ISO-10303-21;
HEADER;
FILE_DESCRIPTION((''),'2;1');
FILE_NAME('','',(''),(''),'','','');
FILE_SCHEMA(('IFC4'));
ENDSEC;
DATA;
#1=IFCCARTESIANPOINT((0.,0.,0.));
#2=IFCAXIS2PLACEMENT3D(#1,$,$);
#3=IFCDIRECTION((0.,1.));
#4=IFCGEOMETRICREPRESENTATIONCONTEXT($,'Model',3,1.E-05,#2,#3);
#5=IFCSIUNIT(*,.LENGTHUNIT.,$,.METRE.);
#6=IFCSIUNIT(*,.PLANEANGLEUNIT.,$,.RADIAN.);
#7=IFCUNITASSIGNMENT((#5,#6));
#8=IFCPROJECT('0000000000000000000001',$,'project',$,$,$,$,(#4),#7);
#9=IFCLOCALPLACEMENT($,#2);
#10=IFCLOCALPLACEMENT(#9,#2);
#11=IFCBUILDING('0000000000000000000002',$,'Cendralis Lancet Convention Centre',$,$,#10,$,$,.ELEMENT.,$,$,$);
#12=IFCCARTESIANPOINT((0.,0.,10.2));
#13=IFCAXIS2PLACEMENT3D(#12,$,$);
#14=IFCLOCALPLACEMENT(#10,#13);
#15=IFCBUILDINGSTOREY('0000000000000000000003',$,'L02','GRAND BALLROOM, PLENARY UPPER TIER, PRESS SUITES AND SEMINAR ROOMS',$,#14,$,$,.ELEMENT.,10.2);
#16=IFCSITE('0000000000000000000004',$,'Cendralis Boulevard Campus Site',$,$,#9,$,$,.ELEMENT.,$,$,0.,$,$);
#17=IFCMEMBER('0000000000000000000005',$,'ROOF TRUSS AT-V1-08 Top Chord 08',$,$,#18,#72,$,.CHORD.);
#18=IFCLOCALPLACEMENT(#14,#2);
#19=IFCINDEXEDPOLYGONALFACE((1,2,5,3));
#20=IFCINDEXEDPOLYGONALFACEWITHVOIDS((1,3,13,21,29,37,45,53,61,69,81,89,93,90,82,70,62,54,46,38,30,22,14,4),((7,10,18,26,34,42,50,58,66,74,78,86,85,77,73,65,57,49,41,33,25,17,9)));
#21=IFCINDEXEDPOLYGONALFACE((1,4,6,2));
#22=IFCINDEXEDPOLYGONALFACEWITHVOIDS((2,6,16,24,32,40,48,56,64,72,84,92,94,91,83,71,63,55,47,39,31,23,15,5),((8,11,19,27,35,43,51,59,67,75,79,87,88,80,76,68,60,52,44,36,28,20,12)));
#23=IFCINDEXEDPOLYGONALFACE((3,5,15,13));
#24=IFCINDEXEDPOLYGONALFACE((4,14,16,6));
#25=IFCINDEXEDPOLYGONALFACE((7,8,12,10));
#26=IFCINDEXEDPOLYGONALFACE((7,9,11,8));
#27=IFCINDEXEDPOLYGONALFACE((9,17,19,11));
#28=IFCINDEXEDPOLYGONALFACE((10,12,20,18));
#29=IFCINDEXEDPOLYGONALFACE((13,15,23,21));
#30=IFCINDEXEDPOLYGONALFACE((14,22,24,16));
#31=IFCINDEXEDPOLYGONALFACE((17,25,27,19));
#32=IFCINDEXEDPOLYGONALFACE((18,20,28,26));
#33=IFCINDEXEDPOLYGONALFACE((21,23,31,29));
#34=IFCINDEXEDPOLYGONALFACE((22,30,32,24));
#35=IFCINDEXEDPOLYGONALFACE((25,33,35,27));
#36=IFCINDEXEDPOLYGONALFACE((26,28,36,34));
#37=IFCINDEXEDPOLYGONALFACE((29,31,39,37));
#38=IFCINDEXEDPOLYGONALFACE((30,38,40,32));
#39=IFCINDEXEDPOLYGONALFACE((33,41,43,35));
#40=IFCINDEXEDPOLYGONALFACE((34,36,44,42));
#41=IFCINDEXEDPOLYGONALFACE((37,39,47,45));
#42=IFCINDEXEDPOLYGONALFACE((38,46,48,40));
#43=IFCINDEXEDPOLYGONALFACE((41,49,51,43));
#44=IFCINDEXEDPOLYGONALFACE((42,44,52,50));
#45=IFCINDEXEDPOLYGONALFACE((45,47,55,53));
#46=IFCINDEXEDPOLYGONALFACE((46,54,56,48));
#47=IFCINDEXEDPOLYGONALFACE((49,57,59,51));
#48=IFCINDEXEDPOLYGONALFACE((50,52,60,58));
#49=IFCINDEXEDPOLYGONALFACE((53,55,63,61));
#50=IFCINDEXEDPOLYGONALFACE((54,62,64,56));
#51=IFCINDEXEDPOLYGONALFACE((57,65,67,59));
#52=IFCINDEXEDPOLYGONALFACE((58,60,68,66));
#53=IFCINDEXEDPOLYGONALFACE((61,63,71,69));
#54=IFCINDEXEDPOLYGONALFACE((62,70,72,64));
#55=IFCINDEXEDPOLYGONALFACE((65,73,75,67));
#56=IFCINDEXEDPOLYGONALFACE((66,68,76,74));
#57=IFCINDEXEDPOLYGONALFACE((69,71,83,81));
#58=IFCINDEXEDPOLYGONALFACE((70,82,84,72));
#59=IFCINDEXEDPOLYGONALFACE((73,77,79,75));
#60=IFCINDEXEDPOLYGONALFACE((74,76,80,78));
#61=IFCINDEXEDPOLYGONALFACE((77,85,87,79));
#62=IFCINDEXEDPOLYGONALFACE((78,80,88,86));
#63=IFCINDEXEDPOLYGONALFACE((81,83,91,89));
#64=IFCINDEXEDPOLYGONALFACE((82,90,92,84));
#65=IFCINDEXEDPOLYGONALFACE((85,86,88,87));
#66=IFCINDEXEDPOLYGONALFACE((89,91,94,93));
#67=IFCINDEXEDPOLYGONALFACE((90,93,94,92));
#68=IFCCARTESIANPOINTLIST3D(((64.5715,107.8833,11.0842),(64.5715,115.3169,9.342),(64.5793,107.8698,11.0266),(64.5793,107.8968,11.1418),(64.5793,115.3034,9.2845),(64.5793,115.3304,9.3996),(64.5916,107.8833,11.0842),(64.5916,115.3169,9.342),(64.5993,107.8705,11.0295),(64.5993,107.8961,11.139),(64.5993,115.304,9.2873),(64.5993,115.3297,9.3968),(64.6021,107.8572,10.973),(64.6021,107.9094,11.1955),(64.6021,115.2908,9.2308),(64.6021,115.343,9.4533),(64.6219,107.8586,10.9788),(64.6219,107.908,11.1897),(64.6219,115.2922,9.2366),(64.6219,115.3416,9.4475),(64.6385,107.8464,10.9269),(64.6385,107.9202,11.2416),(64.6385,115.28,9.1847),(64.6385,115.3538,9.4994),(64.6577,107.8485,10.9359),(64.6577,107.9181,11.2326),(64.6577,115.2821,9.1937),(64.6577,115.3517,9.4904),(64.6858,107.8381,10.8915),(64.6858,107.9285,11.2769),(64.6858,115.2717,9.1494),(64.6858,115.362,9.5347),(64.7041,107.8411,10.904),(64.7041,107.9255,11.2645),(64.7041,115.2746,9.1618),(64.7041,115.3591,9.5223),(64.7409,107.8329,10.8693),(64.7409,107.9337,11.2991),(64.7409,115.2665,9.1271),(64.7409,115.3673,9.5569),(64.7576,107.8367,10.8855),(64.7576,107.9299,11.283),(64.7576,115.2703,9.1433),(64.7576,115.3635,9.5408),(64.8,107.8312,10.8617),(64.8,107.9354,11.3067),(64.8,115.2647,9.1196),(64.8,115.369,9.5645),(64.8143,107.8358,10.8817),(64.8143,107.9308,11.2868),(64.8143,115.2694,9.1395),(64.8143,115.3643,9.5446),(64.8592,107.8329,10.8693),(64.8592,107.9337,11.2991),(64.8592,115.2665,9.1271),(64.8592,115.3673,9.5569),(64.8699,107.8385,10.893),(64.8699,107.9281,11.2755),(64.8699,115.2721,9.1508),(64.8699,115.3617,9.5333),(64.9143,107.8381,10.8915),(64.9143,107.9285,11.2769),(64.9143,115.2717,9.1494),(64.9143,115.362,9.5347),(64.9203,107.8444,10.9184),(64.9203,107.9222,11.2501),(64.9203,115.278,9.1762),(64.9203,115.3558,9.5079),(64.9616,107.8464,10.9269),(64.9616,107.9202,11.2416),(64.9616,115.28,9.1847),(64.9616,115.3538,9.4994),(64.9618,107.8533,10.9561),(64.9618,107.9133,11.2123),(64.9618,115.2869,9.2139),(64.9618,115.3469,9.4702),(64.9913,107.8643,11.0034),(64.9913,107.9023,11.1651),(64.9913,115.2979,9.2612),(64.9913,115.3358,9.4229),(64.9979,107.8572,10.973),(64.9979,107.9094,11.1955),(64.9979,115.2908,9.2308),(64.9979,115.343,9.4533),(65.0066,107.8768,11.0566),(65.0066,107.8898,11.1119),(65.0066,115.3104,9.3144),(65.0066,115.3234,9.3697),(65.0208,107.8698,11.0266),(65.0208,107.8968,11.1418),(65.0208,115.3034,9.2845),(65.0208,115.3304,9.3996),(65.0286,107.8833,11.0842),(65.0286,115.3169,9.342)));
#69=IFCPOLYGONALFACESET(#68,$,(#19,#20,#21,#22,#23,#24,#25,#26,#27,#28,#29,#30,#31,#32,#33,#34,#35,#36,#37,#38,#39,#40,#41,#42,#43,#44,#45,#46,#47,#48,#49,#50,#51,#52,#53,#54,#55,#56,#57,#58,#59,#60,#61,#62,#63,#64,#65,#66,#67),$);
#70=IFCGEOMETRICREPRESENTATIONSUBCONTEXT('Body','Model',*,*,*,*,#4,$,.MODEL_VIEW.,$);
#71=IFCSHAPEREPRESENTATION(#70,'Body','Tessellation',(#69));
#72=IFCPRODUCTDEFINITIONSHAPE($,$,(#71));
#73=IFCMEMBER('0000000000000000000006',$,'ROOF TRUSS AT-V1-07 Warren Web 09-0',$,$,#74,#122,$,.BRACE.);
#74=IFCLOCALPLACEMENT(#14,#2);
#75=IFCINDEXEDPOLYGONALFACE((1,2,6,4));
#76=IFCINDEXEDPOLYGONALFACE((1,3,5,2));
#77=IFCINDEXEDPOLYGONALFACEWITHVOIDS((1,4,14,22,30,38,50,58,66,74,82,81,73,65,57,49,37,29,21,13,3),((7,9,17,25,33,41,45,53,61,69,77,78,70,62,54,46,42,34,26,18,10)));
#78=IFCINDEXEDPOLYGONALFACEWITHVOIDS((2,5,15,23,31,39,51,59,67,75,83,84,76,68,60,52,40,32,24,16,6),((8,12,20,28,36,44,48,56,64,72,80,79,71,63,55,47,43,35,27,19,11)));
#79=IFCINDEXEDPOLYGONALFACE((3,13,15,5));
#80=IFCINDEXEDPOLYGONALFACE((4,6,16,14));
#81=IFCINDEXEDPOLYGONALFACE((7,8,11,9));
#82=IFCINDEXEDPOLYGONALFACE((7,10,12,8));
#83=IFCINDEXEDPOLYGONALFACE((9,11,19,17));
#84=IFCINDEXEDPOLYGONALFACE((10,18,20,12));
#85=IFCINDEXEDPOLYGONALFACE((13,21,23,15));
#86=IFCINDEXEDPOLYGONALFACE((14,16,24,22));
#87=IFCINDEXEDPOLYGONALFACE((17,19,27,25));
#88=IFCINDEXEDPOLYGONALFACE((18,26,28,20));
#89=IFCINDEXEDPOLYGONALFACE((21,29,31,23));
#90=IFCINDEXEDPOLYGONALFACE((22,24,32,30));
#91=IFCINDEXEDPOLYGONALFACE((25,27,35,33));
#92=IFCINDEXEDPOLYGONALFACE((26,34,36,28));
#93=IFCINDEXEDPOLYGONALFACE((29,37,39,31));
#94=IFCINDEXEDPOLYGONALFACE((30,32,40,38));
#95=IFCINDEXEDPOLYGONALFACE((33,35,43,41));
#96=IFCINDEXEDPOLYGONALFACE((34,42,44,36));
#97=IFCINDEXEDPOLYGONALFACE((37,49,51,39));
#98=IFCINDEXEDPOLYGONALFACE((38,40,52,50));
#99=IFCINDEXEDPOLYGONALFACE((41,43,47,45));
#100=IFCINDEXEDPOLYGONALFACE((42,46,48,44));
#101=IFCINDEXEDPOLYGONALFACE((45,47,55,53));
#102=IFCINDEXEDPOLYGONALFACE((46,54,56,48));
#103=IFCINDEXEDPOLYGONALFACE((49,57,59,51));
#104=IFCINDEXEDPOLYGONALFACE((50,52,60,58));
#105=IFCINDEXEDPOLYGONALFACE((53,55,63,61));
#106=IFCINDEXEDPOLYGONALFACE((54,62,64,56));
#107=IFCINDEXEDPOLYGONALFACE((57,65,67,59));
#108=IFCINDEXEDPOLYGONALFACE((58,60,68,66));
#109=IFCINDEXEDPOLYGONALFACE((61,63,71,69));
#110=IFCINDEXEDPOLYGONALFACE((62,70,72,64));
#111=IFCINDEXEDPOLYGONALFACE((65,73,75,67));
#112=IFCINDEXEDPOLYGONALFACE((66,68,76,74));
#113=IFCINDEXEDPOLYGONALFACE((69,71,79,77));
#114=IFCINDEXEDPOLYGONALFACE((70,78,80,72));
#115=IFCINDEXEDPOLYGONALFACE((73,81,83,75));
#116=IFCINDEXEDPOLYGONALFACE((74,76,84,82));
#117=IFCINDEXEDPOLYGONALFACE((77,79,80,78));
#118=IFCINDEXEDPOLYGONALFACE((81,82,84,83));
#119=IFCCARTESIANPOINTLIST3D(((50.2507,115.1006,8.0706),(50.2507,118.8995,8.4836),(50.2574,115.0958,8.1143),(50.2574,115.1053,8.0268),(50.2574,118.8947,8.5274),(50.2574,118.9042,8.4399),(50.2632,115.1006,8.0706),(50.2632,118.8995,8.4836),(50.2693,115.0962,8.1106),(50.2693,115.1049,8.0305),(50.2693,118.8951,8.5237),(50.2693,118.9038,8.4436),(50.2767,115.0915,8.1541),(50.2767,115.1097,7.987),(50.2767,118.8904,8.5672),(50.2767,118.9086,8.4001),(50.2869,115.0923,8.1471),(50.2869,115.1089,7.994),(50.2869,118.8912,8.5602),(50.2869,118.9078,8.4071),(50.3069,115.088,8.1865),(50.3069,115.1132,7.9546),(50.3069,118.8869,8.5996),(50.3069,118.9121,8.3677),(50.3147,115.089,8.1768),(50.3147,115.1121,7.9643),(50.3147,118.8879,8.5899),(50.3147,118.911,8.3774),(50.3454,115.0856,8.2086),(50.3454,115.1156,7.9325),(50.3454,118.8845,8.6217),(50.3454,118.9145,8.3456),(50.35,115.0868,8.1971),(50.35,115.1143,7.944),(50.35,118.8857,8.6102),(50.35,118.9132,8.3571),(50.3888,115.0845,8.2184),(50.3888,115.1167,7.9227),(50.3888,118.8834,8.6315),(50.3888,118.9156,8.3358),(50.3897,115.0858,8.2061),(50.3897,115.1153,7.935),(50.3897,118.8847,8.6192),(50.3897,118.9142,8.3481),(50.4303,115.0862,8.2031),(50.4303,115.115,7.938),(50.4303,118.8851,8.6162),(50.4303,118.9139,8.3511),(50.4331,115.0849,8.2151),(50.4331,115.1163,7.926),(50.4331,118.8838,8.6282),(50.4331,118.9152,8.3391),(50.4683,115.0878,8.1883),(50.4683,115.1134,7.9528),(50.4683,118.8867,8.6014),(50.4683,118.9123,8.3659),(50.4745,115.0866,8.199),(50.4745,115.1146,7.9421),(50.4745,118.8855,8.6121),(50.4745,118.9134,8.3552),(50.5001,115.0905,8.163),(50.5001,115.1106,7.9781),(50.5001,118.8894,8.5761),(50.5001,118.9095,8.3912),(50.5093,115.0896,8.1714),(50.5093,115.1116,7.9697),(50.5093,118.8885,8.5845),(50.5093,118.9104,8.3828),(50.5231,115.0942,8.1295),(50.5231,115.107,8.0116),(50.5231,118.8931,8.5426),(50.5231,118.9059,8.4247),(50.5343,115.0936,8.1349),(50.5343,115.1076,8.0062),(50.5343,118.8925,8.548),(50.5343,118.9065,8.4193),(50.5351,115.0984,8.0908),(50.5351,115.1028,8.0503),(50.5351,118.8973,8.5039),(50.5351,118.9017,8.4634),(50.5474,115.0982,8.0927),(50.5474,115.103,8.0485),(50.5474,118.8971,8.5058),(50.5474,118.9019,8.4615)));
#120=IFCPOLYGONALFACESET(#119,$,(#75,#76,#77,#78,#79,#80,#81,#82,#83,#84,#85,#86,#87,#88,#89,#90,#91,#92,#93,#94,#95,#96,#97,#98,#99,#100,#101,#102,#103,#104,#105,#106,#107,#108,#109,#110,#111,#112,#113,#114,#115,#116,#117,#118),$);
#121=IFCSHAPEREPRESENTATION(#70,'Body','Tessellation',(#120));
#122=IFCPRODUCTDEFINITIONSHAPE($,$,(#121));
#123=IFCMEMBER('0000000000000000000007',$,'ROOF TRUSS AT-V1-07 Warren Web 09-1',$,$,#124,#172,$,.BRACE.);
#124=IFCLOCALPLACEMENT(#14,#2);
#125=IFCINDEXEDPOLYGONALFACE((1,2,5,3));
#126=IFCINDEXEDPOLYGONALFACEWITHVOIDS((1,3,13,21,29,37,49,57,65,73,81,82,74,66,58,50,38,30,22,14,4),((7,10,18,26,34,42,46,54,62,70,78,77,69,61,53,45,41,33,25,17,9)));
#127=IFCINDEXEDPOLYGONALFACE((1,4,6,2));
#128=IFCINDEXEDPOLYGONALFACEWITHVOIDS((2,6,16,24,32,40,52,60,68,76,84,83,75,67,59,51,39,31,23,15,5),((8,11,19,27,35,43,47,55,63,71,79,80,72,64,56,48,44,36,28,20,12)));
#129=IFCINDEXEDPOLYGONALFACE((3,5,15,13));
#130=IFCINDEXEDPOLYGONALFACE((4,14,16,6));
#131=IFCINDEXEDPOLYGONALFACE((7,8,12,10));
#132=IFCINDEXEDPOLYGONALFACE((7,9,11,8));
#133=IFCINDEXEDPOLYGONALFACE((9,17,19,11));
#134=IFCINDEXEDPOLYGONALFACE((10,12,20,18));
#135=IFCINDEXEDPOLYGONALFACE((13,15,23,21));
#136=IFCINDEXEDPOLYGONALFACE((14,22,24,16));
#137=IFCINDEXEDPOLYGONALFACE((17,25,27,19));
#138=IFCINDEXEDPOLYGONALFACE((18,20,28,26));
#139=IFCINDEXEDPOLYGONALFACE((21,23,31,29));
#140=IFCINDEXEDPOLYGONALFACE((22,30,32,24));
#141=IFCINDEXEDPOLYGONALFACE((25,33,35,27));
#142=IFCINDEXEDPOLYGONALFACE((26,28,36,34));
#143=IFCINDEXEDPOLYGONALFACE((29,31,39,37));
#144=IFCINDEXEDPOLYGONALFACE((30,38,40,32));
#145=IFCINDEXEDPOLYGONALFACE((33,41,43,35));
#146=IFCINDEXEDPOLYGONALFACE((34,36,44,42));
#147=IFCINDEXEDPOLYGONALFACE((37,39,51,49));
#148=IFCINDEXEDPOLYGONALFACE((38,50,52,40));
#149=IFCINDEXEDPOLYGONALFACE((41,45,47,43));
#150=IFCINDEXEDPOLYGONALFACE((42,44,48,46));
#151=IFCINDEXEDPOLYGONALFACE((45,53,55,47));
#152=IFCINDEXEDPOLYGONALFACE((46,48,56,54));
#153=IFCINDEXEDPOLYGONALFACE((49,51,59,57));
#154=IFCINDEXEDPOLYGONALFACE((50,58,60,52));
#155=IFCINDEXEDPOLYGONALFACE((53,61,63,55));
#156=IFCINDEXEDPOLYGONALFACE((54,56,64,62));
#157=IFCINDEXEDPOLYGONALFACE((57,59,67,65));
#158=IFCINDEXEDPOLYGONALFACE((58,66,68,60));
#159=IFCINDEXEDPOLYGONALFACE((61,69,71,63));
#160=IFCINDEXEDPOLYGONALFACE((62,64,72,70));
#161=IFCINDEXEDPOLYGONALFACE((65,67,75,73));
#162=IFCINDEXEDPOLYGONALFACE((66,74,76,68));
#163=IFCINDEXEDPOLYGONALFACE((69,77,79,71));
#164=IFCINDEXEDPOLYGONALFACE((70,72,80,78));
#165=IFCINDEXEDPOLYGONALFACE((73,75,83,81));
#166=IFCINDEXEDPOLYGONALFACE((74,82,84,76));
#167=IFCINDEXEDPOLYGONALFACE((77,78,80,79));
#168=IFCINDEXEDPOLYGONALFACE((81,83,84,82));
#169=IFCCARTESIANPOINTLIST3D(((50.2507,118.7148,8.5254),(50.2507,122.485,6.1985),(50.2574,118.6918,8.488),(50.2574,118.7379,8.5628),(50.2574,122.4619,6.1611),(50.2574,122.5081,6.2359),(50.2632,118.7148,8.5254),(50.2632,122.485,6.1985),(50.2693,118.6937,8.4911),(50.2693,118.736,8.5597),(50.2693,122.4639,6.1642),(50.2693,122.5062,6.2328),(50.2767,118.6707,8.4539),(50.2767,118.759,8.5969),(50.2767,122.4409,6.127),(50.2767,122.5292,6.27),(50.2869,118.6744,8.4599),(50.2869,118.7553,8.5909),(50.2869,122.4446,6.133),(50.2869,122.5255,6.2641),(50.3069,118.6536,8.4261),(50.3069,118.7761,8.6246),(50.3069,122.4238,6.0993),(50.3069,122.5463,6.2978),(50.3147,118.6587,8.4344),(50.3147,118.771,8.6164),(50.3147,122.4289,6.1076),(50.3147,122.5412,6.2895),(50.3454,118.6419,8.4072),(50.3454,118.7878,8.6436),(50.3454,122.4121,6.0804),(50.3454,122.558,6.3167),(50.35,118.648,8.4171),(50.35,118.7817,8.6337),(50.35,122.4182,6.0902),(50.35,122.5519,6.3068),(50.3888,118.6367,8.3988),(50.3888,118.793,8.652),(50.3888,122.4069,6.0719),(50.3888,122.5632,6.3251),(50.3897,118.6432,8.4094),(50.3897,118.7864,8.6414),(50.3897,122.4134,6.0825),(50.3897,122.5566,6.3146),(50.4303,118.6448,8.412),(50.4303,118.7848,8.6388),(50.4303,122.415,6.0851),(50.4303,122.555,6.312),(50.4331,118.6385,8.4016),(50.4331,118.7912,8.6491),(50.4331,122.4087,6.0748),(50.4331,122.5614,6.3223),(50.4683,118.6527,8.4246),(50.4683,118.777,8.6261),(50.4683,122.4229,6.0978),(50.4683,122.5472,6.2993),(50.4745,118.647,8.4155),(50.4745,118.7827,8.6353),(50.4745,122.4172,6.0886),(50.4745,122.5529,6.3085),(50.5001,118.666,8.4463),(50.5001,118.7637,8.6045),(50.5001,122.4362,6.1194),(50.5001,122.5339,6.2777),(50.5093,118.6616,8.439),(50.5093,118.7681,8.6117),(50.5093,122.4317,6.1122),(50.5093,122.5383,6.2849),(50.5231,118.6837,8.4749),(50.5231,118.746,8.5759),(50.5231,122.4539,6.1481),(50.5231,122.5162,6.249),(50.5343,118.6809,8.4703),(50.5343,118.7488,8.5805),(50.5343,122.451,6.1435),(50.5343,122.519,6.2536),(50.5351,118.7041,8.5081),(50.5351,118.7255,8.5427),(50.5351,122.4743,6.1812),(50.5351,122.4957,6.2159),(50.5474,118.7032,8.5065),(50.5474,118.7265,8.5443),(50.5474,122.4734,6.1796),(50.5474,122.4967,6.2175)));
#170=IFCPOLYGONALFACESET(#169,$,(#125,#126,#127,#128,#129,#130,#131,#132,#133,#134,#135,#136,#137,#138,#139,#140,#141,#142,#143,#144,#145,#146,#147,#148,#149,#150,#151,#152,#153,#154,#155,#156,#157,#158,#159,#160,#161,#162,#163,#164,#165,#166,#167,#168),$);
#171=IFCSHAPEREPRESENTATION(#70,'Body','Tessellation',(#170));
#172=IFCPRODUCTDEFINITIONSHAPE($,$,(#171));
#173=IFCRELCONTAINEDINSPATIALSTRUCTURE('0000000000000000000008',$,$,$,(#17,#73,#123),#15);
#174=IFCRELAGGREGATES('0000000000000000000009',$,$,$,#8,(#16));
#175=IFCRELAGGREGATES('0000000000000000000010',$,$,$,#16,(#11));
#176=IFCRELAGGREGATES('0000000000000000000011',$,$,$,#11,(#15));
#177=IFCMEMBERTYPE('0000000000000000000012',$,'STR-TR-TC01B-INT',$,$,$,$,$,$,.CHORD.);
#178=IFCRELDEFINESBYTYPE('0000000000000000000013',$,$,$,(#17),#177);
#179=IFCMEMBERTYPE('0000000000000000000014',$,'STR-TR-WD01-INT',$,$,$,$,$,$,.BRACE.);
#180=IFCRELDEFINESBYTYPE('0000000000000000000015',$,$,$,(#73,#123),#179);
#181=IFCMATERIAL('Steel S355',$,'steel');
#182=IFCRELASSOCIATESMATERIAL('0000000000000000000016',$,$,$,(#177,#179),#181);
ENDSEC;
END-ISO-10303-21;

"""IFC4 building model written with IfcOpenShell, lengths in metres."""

from ifc_helpers import new_model, si_unit, direction, frame, origin, origin_2d, place, context, subcontext, project, spatial, hollow_circle, extrude, material, material_profile, profile_set, type_object, element, save


model = new_model("IFC4")

# Units and contexts
model_context = context("Model", 3, precision=1e-05, world=origin(), true_north=direction((0.0, 1.0)))
body_context = subcontext(model_context, "Body", "Model", "MODEL_VIEW")
ifc_project = project(units=[si_unit("LENGTHUNIT", "METRE"), si_unit("PLANEANGLEUNIT", "RADIAN")], contexts=[model_context])

# Site, building, storey
site_placement = place(None, origin())
site = spatial("IfcSite", under=ifc_project, at=site_placement, Name="Cendralis Boulevard Campus Site", CompositionType="ELEMENT", RefElevation=0.0)
building_placement = place(site_placement, origin())
building = spatial("IfcBuilding", under=site, at=building_placement, Name="Cendralis Lancet Convention Centre", CompositionType="ELEMENT")
storey_placement = place(building_placement, frame((0.0, 0.0, 10.2)))
storey = spatial("IfcBuildingStorey", under=building, at=storey_placement, Name="L02", Description="GRAND BALLROOM, PLENARY UPPER TIER, PRESS SUITES AND SEMINAR ROOMS", CompositionType="ELEMENT", Elevation=10.2)

# Members
ifc_material = material(Name="Steel S355", Category="steel")
ifc_material_profile_1 = material_profile(ifc_material, hollow_circle(Radius=0.2285, WallThickness=0.02, at=origin_2d()), Name="CHS 457.0x20.0")
ifc_profile_set_1 = profile_set([ifc_material_profile_1], Name="Steel S355")
member_type_1 = type_object("IfcMemberType", Name="STR-TR-TC01B-INT", PredefinedType="CHORD", material=ifc_profile_set_1)
member_1_placement = place(storey_placement, frame((64.8, 107.8833, 11.0842), z_axis=(0.0, 0.973618, -0.228184), x_axis=(-1.0, 0.0, 0.0)))
element("IfcMember", 1, at=member_1_placement, inside=storey, type_object=member_type_1, Name="ROOF TRUSS AT-V1-08 Top Chord 08", PredefinedType="CHORD", context=body_context, shape_type="SweptSolid", body=[
    extrude(hollow_circle(Radius=0.2285, WallThickness=0.02, at=origin_2d()), origin(), (0.0, 0.0, 1.0), 7.635),
])
ifc_material_profile_2 = material_profile(ifc_material, hollow_circle(Radius=0.1492, WallThickness=0.0125, at=origin_2d()), Name="CHS 298.5x12.5")
ifc_profile_set_2 = profile_set([ifc_material_profile_2], Name="Steel S355")
member_type_2 = type_object("IfcMemberType", Name="STR-TR-WD01-INT", PredefinedType="BRACE", material=ifc_profile_set_2)
member_2_placement = place(storey_placement, frame((50.3999, 115.1006, 8.0706), z_axis=(0.0, 0.99414, 0.108103), x_axis=(-1.0, 0.0, 0.0)))
element("IfcMember", 2, at=member_2_placement, inside=storey, type_object=member_type_2, Name="ROOF TRUSS AT-V1-07 Warren Web 09-0", PredefinedType="BRACE", context=body_context, shape_type="SweptSolid", body=[
    extrude(hollow_circle(Radius=0.1492, WallThickness=0.0125, at=origin_2d()), origin(), (0.0, 0.0, 1.0), 3.8213),
])
member_3_placement = place(storey_placement, frame((50.3999, 118.7148, 8.5254), z_axis=(0.0, 0.850978, -0.525201), x_axis=(-1.0, 0.0, 0.0)))
element("IfcMember", 3, at=member_3_placement, inside=storey, type_object=member_type_2, Name="ROOF TRUSS AT-V1-07 Warren Web 09-1", PredefinedType="BRACE", context=body_context, shape_type="SweptSolid", body=[
    extrude(hollow_circle(Radius=0.1492, WallThickness=0.0125, at=origin_2d()), origin(), (0.0, 0.0, 1.0), 4.4304),
])

save(model, "model.ifc")
